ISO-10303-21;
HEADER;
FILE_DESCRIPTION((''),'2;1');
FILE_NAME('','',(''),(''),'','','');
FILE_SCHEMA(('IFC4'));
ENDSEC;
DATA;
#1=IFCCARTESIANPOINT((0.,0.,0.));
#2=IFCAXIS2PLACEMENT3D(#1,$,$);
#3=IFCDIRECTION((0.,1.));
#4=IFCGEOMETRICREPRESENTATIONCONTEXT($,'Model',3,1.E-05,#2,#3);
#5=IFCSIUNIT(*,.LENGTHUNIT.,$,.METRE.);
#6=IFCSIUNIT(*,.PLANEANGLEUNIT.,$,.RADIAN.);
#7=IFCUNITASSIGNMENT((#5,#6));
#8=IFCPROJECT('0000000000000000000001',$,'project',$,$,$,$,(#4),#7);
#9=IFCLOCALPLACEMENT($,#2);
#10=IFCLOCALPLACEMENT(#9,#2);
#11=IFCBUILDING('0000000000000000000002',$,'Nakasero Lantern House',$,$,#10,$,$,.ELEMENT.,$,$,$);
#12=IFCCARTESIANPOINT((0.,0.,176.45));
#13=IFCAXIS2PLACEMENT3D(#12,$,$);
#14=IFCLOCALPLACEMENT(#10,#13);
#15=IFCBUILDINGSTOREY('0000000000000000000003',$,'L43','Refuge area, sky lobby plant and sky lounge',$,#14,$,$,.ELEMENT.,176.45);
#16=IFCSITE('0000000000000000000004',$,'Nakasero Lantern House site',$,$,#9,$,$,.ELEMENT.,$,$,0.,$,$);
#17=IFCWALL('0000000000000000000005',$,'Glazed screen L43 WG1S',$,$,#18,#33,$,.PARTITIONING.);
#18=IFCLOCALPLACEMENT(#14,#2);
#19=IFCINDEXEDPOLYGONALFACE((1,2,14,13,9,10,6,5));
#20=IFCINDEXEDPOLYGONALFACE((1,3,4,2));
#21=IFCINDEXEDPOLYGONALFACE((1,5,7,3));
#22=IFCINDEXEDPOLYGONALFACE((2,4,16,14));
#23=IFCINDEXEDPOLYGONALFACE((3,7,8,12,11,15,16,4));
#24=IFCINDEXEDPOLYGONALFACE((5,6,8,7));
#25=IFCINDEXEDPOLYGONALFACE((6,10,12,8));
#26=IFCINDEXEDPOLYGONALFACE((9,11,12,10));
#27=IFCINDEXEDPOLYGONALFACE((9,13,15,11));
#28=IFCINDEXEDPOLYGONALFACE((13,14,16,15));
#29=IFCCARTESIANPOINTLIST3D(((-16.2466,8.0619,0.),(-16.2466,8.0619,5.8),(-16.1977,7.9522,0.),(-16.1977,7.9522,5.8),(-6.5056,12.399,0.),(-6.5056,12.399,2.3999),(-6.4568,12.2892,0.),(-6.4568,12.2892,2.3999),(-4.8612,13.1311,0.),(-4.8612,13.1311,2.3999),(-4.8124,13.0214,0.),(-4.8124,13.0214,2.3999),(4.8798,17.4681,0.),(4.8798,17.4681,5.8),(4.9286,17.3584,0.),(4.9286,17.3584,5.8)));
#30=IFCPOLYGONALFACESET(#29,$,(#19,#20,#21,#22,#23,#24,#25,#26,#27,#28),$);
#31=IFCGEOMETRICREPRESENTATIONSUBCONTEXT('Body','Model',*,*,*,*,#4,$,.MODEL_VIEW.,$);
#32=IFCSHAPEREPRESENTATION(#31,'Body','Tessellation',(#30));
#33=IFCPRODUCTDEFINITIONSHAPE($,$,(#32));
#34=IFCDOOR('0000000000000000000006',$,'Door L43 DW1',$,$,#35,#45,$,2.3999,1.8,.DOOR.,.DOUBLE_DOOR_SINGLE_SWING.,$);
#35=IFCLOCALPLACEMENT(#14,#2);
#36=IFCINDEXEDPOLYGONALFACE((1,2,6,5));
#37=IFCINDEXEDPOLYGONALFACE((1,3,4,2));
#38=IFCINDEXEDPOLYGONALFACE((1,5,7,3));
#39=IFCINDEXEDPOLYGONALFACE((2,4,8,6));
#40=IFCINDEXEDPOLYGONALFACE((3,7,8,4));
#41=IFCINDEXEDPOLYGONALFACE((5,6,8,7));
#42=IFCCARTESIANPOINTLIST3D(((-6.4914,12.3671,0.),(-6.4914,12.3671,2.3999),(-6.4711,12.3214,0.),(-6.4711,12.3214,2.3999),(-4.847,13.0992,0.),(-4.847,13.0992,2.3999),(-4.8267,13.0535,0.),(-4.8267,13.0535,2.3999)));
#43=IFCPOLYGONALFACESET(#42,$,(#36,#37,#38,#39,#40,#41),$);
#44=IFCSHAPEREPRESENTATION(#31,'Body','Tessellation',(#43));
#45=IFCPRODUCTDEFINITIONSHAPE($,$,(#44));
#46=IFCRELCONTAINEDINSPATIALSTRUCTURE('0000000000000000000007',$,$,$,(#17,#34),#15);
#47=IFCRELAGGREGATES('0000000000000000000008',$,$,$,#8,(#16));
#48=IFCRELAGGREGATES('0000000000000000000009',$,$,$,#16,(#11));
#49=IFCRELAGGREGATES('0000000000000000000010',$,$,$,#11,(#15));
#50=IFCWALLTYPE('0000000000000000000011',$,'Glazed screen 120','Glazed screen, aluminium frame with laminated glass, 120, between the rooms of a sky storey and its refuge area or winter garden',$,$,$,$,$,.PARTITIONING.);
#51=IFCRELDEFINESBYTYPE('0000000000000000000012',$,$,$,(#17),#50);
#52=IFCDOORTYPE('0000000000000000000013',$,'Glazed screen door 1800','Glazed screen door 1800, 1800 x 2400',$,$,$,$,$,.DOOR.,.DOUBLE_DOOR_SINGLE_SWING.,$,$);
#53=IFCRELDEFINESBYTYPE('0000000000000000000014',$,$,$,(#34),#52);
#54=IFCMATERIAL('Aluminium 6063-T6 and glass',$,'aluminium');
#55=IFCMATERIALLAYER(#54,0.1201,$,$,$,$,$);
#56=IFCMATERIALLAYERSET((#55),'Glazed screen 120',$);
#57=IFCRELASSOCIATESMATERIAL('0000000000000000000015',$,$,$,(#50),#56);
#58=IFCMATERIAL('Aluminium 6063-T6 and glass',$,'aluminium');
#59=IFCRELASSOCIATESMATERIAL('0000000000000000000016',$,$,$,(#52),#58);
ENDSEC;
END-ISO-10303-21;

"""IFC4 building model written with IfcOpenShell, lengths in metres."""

from ifc_helpers import new_model, si_unit, direction, frame, frame_2d, origin, place, context, subcontext, project, spatial, rectangle, extrude, material, layer, layer_set, type_object, element, fill, save


model = new_model("IFC4")

# Units and contexts
model_context = context("Model", 3, precision=1e-05, world=origin(), true_north=direction((0.0, 1.0)))
body_context = subcontext(model_context, "Body", "Model", "MODEL_VIEW")
ifc_project = project(units=[si_unit("LENGTHUNIT", "METRE"), si_unit("PLANEANGLEUNIT", "RADIAN")], contexts=[model_context])

# Site, building, storey
site_placement = place(None, origin())
site = spatial("IfcSite", under=ifc_project, at=site_placement, Name="Nakasero Lantern House site", CompositionType="ELEMENT", RefElevation=0.0)
building_placement = place(site_placement, origin())
building = spatial("IfcBuilding", under=site, at=building_placement, Name="Nakasero Lantern House", CompositionType="ELEMENT")
storey_placement = place(building_placement, frame((0.0, 0.0, 176.45)))
storey = spatial("IfcBuildingStorey", under=building, at=storey_placement, Name="L43", Description="Refuge area, sky lobby plant and sky lounge", CompositionType="ELEMENT", Elevation=176.45)

# Shared definitions
ifc_material_1 = material(Name="Aluminium 6063-T6 and glass", Category="aluminium")
ifc_layer_1 = layer(ifc_material_1, 0.1201)
ifc_layer_set_1 = layer_set([ifc_layer_1], Name="Glazed screen 120")
wall_type_1 = type_object("IfcWallType", Name="Glazed screen 120", Description="Glazed screen, aluminium frame with laminated glass, 120, between the rooms of a sky storey and its refuge area or winter garden", PredefinedType="PARTITIONING", material=ifc_layer_set_1)

# Wall, opening, door
wall_1_placement = place(storey_placement, frame((4.9043, 17.4133, 0.0), z_axis=(0.0, 0.0, 1.0), x_axis=(-0.913543, -0.406742, 0.0)))
wall_1 = element("IfcWall", 1, at=wall_1_placement, inside=storey, type_object=wall_type_1, Name="Glazed screen L43 WG1S", PredefinedType="PARTITIONING", context=body_context, shape_type="SweptSolid", body=[
    extrude(rectangle(XDim=23.1257, YDim=0.1201, at=frame_2d((11.563, 0.0))), origin(), (0.0, 0.0, 1.0), 5.8),
])
opening_1_placement = place(wall_1_placement, frame((10.6631, 0.0, 0.0)))
opening_1 = element("IfcOpeningElement", 2, at=opening_1_placement, cuts=wall_1, PredefinedType="OPENING", context=body_context, shape_type="SweptSolid", body=[
    extrude(rectangle(XDim=1.8, YDim=2.3999, at=frame_2d((0.8999, 1.2))), frame((0.0, 0.0801, 0.0), z_axis=(0.0, -1.0, 0.0), x_axis=(1.0, 0.0, 0.0)), (0.0, 0.0, 1.0), 0.1602),
])
ifc_material_2 = material(Name="Aluminium 6063-T6 and glass", Category="aluminium")
door_type_1 = type_object("IfcDoorType", Name="Glazed screen door 1800", Description="Glazed screen door 1800, 1800 x 2400", OperationType="DOUBLE_DOOR_SINGLE_SWING", PredefinedType="DOOR", material=ifc_material_2)
door_1_placement = place(opening_1_placement, origin())
door_1 = element("IfcDoor", 3, at=door_1_placement, inside=storey, type_object=door_type_1, Name="Door L43 DW1", OperationType="DOUBLE_DOOR_SINGLE_SWING", OverallHeight=2.3999, OverallWidth=1.8, PredefinedType="DOOR", context=body_context, shape_type="SweptSolid", body=[
    extrude(rectangle(XDim=1.8, YDim=2.3999, at=frame_2d((0.8999, 1.2))), frame((0.0, 0.0249, 0.0), z_axis=(0.0, -1.0, 0.0), x_axis=(1.0, 0.0, 0.0)), (0.0, 0.0, 1.0), 0.05),
])
fill(opening_1, door_1)

save(model, "model.ifc")
